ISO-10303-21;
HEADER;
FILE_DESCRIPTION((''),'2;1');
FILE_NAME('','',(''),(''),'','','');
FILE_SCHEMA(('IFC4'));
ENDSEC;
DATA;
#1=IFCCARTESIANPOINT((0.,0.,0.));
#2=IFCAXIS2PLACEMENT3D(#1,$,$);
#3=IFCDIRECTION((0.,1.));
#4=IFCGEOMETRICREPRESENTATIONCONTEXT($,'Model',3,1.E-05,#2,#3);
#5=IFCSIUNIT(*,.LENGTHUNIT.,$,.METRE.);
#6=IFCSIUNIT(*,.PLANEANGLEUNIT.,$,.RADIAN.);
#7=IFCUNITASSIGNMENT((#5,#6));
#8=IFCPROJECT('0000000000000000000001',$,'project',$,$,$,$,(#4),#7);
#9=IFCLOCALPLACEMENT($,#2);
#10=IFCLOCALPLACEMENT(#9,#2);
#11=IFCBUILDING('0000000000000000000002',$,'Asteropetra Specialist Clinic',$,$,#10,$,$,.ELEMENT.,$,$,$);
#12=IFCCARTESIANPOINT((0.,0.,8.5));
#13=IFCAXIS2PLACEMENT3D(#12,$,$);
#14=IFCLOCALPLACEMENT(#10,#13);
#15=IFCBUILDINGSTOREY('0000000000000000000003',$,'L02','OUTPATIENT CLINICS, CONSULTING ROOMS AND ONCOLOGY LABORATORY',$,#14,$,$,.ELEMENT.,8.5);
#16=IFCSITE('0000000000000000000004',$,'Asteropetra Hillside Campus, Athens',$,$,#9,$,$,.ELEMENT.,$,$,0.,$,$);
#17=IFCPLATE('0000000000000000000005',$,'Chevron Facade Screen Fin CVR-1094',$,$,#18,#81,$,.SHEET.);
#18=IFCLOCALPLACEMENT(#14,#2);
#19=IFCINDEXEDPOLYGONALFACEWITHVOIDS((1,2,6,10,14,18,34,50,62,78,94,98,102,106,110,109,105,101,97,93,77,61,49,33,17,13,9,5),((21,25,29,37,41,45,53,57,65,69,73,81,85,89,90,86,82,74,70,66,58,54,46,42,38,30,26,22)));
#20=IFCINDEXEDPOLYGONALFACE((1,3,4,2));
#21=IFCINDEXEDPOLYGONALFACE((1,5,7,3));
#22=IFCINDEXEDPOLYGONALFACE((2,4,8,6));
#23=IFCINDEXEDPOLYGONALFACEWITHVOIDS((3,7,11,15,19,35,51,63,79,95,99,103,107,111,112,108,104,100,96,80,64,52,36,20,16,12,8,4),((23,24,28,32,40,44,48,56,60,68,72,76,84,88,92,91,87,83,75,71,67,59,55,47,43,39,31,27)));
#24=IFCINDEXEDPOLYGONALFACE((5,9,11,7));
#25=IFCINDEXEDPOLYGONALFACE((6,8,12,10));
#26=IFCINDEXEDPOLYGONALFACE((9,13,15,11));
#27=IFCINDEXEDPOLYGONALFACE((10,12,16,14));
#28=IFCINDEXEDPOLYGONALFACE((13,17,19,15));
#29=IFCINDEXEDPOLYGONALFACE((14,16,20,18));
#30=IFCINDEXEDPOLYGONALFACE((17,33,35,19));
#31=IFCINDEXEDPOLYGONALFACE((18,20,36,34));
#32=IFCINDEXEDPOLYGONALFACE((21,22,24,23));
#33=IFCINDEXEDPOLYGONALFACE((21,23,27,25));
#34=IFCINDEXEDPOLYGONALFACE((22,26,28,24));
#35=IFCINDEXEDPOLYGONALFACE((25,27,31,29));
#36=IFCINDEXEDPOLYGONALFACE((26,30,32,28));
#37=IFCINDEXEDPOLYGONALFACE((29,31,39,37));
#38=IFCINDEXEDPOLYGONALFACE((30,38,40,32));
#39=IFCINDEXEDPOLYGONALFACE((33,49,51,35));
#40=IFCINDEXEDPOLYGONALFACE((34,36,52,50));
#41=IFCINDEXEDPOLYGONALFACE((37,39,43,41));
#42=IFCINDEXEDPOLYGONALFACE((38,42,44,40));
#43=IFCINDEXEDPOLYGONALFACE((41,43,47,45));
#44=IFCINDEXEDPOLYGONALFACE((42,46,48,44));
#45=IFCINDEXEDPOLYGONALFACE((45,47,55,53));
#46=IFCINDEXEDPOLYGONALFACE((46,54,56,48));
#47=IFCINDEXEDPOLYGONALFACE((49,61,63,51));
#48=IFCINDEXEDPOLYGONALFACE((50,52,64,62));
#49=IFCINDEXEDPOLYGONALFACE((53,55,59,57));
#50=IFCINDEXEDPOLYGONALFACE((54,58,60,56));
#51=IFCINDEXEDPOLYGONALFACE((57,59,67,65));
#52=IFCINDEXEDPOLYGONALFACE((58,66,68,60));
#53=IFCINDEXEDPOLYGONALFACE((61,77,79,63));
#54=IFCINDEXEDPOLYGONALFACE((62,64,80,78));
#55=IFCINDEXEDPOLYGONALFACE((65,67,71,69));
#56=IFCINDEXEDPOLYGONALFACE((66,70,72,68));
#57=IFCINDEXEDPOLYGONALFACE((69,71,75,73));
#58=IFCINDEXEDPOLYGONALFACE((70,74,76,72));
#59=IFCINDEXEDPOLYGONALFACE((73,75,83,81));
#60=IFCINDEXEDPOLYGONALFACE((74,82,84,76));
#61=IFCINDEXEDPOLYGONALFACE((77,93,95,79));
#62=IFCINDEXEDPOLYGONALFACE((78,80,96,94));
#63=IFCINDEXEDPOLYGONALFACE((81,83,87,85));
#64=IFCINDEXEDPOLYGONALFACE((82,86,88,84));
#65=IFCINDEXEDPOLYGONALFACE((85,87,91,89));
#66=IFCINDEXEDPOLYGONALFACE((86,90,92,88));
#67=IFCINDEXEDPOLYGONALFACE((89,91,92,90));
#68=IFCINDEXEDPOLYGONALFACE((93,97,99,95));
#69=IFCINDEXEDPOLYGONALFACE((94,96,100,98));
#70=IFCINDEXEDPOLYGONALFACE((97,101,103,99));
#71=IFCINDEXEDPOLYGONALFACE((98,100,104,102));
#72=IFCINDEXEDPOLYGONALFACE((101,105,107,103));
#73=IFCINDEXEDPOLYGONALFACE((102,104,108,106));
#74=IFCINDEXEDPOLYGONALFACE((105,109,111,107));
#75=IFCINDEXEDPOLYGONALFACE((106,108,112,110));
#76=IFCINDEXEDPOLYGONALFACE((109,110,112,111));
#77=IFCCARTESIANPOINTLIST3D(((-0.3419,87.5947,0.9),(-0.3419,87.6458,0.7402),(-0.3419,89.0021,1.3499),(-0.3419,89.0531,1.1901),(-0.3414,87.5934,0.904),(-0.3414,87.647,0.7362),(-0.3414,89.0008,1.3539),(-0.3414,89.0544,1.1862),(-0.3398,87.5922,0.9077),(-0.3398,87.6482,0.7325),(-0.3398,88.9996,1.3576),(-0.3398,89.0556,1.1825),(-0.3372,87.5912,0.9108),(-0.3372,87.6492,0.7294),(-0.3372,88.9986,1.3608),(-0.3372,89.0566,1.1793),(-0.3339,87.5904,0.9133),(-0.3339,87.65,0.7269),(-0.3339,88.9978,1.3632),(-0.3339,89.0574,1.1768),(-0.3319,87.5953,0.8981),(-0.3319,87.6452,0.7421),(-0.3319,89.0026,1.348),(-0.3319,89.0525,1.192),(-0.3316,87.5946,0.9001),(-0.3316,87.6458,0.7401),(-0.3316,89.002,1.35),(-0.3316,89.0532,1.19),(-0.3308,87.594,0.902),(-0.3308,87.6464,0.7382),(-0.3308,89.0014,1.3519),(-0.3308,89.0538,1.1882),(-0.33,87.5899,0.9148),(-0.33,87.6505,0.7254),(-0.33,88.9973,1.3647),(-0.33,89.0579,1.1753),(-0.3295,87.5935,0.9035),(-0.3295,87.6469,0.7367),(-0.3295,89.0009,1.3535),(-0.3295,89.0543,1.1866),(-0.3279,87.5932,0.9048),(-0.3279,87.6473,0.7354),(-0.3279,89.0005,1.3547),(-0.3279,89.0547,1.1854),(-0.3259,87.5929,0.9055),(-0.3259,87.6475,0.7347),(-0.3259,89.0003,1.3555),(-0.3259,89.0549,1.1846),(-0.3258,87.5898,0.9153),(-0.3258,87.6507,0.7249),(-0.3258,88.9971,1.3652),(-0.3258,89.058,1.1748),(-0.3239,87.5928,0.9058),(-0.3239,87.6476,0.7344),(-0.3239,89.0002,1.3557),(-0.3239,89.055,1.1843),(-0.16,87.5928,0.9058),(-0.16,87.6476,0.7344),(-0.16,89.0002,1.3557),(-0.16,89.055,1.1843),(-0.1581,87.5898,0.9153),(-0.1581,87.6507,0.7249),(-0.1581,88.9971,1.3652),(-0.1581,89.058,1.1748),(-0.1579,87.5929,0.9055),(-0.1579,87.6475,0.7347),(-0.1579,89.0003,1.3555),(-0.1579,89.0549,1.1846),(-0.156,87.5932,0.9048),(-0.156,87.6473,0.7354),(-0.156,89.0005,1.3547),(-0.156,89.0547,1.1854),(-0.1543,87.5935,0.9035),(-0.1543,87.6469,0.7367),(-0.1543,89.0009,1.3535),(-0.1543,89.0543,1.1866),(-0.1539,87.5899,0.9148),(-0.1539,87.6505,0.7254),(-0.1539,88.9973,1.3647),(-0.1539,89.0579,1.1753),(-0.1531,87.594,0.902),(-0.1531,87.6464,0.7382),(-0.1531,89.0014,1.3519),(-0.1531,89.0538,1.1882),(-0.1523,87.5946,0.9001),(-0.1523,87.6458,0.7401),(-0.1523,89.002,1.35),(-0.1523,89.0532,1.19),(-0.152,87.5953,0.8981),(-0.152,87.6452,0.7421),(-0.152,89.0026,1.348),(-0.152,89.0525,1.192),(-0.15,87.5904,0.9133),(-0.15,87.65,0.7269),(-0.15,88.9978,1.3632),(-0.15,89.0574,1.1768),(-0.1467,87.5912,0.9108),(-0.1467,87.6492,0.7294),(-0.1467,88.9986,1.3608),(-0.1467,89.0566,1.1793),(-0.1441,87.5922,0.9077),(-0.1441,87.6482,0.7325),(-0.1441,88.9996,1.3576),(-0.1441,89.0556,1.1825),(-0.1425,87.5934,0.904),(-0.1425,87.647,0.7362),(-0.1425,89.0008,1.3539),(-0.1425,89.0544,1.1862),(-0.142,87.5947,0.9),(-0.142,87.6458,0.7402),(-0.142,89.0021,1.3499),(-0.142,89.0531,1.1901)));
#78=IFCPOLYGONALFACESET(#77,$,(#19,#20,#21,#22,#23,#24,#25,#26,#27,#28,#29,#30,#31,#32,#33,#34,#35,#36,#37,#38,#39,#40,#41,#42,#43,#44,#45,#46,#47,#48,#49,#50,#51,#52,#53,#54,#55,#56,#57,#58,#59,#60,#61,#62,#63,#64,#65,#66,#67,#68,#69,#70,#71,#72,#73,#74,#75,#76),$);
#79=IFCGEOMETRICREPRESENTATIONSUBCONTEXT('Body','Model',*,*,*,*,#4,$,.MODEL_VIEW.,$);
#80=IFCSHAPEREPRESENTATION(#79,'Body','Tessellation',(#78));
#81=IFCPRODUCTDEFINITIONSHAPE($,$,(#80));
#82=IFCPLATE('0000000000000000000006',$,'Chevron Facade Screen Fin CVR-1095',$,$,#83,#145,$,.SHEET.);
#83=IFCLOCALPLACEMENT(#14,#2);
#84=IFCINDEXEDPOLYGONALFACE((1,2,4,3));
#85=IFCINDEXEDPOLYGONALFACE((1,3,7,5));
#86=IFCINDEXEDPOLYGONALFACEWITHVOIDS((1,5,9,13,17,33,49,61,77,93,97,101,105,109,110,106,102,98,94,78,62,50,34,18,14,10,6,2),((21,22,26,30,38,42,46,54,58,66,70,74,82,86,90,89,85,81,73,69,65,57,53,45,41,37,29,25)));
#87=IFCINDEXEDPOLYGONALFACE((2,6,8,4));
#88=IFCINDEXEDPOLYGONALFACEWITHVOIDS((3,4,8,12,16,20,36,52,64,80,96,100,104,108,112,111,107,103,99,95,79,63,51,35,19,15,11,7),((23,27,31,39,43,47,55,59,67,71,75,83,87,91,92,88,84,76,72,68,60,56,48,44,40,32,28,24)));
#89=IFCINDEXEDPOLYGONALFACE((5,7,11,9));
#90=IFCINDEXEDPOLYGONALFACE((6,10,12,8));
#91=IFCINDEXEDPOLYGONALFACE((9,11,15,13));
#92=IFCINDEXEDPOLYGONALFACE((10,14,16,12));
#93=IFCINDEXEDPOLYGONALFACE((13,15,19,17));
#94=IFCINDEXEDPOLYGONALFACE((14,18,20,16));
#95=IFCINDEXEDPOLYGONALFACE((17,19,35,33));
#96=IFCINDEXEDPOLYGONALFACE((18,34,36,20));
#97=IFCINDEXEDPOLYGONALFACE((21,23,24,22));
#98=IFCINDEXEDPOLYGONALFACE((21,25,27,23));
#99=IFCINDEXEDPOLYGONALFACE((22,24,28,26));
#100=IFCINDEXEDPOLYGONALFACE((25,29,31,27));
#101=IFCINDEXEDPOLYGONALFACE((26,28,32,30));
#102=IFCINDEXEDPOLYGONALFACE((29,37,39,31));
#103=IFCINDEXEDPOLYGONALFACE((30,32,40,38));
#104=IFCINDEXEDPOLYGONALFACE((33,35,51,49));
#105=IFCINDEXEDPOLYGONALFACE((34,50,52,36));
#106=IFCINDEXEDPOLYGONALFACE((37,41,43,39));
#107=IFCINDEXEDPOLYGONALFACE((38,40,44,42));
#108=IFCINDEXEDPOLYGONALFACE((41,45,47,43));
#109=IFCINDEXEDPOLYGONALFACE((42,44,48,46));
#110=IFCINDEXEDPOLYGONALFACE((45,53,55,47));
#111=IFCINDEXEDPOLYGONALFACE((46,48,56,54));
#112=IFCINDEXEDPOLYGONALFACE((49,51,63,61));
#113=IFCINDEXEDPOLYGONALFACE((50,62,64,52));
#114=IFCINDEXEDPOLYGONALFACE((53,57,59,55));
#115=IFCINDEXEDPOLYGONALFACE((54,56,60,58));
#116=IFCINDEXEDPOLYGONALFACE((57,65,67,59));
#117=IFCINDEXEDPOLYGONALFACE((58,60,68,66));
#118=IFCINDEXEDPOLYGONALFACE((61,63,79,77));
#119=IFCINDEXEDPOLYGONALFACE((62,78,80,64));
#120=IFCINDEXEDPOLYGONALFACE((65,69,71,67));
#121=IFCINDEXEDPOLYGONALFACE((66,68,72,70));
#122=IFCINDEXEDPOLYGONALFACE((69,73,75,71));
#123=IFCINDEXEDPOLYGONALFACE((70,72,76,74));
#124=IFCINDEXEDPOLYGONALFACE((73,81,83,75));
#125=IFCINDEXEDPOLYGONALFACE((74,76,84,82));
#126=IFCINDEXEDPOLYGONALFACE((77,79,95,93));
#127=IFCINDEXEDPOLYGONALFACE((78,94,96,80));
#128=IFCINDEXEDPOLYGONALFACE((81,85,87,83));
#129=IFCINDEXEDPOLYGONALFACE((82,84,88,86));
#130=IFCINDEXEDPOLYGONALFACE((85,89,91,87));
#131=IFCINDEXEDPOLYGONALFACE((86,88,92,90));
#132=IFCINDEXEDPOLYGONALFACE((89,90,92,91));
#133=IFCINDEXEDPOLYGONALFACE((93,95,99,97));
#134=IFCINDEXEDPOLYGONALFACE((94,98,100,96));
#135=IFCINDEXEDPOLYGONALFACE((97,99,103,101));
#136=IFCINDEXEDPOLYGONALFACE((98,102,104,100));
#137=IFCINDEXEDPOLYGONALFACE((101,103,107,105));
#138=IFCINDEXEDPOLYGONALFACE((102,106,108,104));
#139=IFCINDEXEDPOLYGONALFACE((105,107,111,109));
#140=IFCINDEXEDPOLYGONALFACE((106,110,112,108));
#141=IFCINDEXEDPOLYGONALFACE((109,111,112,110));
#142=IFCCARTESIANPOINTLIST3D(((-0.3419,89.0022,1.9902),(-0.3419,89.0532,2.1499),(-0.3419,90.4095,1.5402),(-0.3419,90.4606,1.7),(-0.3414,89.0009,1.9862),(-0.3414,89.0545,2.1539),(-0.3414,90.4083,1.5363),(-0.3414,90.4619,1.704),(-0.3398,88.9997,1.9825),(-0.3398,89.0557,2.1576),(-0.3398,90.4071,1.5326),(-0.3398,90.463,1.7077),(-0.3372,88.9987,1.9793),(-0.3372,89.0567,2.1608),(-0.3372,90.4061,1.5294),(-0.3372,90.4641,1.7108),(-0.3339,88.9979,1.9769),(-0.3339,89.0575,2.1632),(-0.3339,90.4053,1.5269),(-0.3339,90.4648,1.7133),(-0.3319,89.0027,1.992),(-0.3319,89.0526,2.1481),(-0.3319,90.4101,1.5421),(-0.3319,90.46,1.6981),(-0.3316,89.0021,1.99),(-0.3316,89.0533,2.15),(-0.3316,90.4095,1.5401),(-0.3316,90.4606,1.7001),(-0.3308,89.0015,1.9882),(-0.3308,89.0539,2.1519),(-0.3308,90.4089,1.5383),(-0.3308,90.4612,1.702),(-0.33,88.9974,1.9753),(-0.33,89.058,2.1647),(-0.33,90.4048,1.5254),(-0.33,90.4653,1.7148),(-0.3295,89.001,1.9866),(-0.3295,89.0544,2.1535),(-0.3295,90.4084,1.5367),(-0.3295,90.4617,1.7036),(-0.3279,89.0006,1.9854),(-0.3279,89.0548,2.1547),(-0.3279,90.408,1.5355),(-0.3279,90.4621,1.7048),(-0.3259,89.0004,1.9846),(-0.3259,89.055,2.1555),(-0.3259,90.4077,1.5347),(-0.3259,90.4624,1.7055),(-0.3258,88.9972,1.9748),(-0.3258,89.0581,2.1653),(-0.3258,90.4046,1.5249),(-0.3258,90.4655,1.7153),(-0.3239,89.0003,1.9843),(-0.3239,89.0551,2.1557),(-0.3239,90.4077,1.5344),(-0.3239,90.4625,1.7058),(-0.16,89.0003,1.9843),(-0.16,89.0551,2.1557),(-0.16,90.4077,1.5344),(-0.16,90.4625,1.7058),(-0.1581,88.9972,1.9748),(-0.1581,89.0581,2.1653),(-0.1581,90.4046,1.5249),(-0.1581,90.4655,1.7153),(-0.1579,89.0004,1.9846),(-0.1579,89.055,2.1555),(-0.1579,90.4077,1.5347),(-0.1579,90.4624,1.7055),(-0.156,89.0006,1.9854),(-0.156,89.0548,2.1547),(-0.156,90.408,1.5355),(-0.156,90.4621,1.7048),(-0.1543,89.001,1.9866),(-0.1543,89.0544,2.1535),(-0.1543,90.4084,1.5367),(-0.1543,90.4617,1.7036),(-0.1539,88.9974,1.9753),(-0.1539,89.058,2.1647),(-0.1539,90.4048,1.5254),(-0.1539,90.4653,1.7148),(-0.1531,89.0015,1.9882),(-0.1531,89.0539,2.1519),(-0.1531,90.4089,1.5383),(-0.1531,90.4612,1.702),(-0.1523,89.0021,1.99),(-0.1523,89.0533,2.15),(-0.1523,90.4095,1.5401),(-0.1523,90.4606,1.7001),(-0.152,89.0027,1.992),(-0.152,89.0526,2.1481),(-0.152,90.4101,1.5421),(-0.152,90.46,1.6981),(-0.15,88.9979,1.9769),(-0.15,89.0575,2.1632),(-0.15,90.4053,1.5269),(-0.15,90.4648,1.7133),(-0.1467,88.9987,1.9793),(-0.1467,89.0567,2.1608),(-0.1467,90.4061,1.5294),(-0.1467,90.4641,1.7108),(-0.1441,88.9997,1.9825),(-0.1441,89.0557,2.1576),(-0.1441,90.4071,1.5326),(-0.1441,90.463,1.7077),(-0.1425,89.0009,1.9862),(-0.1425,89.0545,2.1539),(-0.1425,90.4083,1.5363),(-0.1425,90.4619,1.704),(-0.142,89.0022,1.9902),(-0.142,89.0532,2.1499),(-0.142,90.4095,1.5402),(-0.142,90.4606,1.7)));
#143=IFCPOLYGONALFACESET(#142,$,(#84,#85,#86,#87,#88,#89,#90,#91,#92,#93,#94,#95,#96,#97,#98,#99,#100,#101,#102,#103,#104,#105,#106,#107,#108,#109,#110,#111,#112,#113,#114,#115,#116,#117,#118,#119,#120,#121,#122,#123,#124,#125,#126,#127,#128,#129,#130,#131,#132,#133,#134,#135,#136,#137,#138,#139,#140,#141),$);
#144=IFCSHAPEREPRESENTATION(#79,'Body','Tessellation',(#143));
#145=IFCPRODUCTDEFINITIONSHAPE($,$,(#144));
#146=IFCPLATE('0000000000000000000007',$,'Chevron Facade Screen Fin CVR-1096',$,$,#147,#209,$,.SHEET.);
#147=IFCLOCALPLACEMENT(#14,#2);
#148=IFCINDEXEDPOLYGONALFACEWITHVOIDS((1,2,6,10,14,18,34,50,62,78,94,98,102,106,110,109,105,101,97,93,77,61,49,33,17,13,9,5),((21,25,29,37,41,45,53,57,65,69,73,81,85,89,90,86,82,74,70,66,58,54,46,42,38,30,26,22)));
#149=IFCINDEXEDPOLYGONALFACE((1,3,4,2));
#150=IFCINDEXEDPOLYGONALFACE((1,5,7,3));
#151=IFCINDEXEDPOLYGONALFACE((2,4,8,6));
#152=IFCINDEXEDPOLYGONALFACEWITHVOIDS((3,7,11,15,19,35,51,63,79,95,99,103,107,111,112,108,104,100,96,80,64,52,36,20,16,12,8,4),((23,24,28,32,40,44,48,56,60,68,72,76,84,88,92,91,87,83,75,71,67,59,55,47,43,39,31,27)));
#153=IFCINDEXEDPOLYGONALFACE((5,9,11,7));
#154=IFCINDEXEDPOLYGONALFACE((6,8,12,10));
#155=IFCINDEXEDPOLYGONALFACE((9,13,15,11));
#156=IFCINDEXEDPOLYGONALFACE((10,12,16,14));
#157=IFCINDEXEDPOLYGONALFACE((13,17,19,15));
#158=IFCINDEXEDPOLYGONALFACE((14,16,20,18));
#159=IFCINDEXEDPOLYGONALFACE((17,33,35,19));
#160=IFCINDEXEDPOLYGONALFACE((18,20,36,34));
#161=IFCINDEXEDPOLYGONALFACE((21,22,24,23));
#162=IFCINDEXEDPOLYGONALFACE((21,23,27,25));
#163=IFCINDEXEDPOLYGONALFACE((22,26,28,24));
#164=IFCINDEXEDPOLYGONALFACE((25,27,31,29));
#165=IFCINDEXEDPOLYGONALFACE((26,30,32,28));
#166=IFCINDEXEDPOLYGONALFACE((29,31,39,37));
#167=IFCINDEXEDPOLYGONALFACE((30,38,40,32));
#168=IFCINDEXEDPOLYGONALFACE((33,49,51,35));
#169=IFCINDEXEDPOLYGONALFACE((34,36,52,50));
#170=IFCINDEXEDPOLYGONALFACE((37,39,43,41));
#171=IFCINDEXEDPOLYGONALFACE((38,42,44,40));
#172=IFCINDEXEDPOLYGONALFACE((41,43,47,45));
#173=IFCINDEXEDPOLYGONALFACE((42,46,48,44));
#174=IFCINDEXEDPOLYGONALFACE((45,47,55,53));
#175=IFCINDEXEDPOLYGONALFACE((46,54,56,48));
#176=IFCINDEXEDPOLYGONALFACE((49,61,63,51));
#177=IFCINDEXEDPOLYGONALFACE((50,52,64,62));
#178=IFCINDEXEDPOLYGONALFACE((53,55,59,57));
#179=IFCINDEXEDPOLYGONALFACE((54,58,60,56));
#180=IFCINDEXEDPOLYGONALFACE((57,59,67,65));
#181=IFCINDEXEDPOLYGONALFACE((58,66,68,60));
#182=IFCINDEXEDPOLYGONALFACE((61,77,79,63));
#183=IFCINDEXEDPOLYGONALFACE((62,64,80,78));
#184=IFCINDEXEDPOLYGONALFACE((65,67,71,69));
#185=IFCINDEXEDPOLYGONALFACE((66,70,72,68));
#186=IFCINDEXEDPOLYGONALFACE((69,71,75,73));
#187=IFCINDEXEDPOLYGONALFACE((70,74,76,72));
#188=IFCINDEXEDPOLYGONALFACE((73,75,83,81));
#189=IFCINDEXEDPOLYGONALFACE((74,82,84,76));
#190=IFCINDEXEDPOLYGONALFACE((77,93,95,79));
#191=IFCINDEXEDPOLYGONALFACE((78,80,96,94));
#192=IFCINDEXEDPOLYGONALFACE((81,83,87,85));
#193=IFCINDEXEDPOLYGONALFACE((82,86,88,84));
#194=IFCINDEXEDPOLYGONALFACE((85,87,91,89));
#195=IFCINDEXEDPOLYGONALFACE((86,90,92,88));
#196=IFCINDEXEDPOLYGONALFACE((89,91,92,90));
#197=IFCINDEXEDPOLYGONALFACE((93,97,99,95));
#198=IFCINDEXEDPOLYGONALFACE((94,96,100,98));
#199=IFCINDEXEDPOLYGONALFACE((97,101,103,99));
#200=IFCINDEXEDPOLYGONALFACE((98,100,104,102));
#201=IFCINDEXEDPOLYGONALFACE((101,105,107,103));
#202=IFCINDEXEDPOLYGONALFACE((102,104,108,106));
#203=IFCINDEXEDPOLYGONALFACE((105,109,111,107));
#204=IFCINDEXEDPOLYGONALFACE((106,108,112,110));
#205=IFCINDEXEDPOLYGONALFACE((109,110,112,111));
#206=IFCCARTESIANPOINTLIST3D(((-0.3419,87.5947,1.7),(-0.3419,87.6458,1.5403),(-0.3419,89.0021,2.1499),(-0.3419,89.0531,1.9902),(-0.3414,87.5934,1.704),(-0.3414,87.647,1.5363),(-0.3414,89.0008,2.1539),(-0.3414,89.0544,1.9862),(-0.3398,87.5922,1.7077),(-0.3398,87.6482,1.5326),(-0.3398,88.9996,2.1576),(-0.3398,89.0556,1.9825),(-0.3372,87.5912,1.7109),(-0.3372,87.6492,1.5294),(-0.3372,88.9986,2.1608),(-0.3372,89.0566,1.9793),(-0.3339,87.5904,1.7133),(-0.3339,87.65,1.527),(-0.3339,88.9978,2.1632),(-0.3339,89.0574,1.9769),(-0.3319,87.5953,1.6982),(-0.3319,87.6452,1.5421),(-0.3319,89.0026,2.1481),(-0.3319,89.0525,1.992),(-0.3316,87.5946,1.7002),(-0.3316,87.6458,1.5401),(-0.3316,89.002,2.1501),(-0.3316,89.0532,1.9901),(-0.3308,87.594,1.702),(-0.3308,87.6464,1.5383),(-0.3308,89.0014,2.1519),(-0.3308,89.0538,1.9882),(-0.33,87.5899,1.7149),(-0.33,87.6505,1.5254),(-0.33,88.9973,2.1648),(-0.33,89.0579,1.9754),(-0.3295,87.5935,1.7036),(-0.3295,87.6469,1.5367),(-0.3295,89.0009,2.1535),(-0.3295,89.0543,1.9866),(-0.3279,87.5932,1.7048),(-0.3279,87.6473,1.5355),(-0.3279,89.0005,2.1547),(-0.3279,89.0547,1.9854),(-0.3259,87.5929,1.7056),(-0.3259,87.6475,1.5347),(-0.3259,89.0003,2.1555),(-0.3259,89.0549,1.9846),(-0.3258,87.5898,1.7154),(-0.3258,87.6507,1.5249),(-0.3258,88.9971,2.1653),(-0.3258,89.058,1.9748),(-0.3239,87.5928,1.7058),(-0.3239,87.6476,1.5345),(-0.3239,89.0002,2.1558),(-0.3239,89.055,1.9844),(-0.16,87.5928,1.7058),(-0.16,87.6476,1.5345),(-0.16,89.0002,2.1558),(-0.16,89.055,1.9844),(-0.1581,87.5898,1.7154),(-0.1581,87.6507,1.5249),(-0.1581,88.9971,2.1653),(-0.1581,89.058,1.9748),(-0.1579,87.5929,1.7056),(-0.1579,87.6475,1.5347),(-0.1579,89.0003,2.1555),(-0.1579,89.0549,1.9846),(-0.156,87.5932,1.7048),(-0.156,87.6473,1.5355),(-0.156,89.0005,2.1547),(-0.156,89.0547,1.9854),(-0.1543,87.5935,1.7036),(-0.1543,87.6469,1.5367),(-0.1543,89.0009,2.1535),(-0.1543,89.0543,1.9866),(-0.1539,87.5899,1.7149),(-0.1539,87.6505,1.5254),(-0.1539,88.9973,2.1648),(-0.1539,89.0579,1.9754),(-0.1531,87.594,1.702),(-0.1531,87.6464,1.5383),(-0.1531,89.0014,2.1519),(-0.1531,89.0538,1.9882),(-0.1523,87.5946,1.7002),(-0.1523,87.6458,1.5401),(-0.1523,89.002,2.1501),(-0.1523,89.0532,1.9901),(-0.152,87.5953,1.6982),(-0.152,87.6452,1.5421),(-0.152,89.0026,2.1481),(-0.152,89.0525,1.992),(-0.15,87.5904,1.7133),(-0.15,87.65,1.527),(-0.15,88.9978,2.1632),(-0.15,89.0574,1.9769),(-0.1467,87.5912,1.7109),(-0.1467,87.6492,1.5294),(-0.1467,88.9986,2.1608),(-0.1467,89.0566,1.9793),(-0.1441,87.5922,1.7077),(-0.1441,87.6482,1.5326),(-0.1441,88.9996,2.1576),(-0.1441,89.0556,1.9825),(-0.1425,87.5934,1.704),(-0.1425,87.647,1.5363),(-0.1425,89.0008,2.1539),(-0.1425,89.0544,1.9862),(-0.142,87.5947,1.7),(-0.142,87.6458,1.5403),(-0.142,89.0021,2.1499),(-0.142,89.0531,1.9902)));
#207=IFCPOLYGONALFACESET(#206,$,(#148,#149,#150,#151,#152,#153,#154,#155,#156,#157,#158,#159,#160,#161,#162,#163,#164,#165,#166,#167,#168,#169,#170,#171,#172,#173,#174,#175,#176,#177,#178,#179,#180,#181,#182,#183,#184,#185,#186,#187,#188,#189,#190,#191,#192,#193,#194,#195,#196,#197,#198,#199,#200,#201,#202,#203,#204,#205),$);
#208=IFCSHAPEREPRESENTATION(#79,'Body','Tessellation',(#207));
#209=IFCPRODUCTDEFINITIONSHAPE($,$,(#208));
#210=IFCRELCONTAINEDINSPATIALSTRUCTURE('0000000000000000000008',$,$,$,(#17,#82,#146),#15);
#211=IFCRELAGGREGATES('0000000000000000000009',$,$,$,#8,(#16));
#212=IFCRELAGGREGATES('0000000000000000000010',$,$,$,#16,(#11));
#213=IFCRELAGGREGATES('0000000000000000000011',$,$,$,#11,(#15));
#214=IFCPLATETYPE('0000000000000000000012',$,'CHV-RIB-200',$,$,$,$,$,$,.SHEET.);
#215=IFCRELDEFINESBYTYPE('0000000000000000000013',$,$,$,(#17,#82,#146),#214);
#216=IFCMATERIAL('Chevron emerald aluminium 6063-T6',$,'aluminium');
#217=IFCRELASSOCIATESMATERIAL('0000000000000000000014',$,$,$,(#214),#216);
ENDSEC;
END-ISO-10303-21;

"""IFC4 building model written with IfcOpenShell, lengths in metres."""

from ifc_helpers import new_model, si_unit, direction, frame, origin, origin_2d, place, context, subcontext, project, spatial, hollow_rectangle, extrude, material, material_profile, profile_set, type_object, element, save


model = new_model("IFC4")

# Units and contexts
model_context = context("Model", 3, precision=1e-05, world=origin(), true_north=direction((0.0, 1.0)))
body_context = subcontext(model_context, "Body", "Model", "MODEL_VIEW")
ifc_project = project(units=[si_unit("LENGTHUNIT", "METRE"), si_unit("PLANEANGLEUNIT", "RADIAN")], contexts=[model_context])

# Site, building, storey
site_placement = place(None, origin())
site = spatial("IfcSite", under=ifc_project, at=site_placement, Name="Asteropetra Hillside Campus, Athens", CompositionType="ELEMENT", RefElevation=0.0)
building_placement = place(site_placement, origin())
building = spatial("IfcBuilding", under=site, at=building_placement, Name="Asteropetra Specialist Clinic", CompositionType="ELEMENT")
storey_placement = place(building_placement, frame((0.0, 0.0, 8.5)))
storey = spatial("IfcBuildingStorey", under=building, at=storey_placement, Name="L02", Description="OUTPATIENT CLINICS, CONSULTING ROOMS AND ONCOLOGY LABORATORY", CompositionType="ELEMENT", Elevation=8.5)

# Plates
ifc_material_1 = material(Name="Chevron emerald aluminium 6063-T6", Category="aluminium")
ifc_material_profile = material_profile(ifc_material_1, hollow_rectangle(XDim=0.2, YDim=0.2, WallThickness=0.01, InnerFilletRadius=0.0081, OuterFilletRadius=0.0161, at=origin_2d()), Name="SHS 200x200x10.0")
ifc_profile_set = profile_set([ifc_material_profile], Name="Chevron emerald aluminium 6063-T6")
plate_type_1 = type_object("IfcPlateType", Name="CHV-RIB-200", PredefinedType="SHEET", material=ifc_profile_set)
for number, where, z_axis, x_axis, name in (
    (1, (-0.2419, 89.0276, 1.27), (0.0, -0.95251, -0.304506), (1.0, 0.0, 0.0), "Chevron Facade Screen Fin CVR-1094"),
    (2, (-0.2419, 90.4351, 1.6201), (0.0, -0.95251, 0.304506), (1.0, 0.0, 0.0), "Chevron Facade Screen Fin CVR-1095"),
    (3, (-0.2419, 89.0276, 2.0701), (0.0, -0.95251, -0.304506), (1.0, 0.0, 0.0), "Chevron Facade Screen Fin CVR-1096"),
):
    element("IfcPlate", number, at=place(storey_placement, frame(where, z_axis=z_axis, x_axis=x_axis)), inside=storey, type_object=plate_type_1, Name=name, PredefinedType="SHEET", context=body_context, shape_type="SweptSolid", body=[
        extrude(hollow_rectangle(XDim=0.2, YDim=0.2, WallThickness=0.01, InnerFilletRadius=0.0081, OuterFilletRadius=0.0161, at=origin_2d()), origin(), (0.0, 0.0, 1.0), 1.4775),
    ])

save(model, "model.ifc")
